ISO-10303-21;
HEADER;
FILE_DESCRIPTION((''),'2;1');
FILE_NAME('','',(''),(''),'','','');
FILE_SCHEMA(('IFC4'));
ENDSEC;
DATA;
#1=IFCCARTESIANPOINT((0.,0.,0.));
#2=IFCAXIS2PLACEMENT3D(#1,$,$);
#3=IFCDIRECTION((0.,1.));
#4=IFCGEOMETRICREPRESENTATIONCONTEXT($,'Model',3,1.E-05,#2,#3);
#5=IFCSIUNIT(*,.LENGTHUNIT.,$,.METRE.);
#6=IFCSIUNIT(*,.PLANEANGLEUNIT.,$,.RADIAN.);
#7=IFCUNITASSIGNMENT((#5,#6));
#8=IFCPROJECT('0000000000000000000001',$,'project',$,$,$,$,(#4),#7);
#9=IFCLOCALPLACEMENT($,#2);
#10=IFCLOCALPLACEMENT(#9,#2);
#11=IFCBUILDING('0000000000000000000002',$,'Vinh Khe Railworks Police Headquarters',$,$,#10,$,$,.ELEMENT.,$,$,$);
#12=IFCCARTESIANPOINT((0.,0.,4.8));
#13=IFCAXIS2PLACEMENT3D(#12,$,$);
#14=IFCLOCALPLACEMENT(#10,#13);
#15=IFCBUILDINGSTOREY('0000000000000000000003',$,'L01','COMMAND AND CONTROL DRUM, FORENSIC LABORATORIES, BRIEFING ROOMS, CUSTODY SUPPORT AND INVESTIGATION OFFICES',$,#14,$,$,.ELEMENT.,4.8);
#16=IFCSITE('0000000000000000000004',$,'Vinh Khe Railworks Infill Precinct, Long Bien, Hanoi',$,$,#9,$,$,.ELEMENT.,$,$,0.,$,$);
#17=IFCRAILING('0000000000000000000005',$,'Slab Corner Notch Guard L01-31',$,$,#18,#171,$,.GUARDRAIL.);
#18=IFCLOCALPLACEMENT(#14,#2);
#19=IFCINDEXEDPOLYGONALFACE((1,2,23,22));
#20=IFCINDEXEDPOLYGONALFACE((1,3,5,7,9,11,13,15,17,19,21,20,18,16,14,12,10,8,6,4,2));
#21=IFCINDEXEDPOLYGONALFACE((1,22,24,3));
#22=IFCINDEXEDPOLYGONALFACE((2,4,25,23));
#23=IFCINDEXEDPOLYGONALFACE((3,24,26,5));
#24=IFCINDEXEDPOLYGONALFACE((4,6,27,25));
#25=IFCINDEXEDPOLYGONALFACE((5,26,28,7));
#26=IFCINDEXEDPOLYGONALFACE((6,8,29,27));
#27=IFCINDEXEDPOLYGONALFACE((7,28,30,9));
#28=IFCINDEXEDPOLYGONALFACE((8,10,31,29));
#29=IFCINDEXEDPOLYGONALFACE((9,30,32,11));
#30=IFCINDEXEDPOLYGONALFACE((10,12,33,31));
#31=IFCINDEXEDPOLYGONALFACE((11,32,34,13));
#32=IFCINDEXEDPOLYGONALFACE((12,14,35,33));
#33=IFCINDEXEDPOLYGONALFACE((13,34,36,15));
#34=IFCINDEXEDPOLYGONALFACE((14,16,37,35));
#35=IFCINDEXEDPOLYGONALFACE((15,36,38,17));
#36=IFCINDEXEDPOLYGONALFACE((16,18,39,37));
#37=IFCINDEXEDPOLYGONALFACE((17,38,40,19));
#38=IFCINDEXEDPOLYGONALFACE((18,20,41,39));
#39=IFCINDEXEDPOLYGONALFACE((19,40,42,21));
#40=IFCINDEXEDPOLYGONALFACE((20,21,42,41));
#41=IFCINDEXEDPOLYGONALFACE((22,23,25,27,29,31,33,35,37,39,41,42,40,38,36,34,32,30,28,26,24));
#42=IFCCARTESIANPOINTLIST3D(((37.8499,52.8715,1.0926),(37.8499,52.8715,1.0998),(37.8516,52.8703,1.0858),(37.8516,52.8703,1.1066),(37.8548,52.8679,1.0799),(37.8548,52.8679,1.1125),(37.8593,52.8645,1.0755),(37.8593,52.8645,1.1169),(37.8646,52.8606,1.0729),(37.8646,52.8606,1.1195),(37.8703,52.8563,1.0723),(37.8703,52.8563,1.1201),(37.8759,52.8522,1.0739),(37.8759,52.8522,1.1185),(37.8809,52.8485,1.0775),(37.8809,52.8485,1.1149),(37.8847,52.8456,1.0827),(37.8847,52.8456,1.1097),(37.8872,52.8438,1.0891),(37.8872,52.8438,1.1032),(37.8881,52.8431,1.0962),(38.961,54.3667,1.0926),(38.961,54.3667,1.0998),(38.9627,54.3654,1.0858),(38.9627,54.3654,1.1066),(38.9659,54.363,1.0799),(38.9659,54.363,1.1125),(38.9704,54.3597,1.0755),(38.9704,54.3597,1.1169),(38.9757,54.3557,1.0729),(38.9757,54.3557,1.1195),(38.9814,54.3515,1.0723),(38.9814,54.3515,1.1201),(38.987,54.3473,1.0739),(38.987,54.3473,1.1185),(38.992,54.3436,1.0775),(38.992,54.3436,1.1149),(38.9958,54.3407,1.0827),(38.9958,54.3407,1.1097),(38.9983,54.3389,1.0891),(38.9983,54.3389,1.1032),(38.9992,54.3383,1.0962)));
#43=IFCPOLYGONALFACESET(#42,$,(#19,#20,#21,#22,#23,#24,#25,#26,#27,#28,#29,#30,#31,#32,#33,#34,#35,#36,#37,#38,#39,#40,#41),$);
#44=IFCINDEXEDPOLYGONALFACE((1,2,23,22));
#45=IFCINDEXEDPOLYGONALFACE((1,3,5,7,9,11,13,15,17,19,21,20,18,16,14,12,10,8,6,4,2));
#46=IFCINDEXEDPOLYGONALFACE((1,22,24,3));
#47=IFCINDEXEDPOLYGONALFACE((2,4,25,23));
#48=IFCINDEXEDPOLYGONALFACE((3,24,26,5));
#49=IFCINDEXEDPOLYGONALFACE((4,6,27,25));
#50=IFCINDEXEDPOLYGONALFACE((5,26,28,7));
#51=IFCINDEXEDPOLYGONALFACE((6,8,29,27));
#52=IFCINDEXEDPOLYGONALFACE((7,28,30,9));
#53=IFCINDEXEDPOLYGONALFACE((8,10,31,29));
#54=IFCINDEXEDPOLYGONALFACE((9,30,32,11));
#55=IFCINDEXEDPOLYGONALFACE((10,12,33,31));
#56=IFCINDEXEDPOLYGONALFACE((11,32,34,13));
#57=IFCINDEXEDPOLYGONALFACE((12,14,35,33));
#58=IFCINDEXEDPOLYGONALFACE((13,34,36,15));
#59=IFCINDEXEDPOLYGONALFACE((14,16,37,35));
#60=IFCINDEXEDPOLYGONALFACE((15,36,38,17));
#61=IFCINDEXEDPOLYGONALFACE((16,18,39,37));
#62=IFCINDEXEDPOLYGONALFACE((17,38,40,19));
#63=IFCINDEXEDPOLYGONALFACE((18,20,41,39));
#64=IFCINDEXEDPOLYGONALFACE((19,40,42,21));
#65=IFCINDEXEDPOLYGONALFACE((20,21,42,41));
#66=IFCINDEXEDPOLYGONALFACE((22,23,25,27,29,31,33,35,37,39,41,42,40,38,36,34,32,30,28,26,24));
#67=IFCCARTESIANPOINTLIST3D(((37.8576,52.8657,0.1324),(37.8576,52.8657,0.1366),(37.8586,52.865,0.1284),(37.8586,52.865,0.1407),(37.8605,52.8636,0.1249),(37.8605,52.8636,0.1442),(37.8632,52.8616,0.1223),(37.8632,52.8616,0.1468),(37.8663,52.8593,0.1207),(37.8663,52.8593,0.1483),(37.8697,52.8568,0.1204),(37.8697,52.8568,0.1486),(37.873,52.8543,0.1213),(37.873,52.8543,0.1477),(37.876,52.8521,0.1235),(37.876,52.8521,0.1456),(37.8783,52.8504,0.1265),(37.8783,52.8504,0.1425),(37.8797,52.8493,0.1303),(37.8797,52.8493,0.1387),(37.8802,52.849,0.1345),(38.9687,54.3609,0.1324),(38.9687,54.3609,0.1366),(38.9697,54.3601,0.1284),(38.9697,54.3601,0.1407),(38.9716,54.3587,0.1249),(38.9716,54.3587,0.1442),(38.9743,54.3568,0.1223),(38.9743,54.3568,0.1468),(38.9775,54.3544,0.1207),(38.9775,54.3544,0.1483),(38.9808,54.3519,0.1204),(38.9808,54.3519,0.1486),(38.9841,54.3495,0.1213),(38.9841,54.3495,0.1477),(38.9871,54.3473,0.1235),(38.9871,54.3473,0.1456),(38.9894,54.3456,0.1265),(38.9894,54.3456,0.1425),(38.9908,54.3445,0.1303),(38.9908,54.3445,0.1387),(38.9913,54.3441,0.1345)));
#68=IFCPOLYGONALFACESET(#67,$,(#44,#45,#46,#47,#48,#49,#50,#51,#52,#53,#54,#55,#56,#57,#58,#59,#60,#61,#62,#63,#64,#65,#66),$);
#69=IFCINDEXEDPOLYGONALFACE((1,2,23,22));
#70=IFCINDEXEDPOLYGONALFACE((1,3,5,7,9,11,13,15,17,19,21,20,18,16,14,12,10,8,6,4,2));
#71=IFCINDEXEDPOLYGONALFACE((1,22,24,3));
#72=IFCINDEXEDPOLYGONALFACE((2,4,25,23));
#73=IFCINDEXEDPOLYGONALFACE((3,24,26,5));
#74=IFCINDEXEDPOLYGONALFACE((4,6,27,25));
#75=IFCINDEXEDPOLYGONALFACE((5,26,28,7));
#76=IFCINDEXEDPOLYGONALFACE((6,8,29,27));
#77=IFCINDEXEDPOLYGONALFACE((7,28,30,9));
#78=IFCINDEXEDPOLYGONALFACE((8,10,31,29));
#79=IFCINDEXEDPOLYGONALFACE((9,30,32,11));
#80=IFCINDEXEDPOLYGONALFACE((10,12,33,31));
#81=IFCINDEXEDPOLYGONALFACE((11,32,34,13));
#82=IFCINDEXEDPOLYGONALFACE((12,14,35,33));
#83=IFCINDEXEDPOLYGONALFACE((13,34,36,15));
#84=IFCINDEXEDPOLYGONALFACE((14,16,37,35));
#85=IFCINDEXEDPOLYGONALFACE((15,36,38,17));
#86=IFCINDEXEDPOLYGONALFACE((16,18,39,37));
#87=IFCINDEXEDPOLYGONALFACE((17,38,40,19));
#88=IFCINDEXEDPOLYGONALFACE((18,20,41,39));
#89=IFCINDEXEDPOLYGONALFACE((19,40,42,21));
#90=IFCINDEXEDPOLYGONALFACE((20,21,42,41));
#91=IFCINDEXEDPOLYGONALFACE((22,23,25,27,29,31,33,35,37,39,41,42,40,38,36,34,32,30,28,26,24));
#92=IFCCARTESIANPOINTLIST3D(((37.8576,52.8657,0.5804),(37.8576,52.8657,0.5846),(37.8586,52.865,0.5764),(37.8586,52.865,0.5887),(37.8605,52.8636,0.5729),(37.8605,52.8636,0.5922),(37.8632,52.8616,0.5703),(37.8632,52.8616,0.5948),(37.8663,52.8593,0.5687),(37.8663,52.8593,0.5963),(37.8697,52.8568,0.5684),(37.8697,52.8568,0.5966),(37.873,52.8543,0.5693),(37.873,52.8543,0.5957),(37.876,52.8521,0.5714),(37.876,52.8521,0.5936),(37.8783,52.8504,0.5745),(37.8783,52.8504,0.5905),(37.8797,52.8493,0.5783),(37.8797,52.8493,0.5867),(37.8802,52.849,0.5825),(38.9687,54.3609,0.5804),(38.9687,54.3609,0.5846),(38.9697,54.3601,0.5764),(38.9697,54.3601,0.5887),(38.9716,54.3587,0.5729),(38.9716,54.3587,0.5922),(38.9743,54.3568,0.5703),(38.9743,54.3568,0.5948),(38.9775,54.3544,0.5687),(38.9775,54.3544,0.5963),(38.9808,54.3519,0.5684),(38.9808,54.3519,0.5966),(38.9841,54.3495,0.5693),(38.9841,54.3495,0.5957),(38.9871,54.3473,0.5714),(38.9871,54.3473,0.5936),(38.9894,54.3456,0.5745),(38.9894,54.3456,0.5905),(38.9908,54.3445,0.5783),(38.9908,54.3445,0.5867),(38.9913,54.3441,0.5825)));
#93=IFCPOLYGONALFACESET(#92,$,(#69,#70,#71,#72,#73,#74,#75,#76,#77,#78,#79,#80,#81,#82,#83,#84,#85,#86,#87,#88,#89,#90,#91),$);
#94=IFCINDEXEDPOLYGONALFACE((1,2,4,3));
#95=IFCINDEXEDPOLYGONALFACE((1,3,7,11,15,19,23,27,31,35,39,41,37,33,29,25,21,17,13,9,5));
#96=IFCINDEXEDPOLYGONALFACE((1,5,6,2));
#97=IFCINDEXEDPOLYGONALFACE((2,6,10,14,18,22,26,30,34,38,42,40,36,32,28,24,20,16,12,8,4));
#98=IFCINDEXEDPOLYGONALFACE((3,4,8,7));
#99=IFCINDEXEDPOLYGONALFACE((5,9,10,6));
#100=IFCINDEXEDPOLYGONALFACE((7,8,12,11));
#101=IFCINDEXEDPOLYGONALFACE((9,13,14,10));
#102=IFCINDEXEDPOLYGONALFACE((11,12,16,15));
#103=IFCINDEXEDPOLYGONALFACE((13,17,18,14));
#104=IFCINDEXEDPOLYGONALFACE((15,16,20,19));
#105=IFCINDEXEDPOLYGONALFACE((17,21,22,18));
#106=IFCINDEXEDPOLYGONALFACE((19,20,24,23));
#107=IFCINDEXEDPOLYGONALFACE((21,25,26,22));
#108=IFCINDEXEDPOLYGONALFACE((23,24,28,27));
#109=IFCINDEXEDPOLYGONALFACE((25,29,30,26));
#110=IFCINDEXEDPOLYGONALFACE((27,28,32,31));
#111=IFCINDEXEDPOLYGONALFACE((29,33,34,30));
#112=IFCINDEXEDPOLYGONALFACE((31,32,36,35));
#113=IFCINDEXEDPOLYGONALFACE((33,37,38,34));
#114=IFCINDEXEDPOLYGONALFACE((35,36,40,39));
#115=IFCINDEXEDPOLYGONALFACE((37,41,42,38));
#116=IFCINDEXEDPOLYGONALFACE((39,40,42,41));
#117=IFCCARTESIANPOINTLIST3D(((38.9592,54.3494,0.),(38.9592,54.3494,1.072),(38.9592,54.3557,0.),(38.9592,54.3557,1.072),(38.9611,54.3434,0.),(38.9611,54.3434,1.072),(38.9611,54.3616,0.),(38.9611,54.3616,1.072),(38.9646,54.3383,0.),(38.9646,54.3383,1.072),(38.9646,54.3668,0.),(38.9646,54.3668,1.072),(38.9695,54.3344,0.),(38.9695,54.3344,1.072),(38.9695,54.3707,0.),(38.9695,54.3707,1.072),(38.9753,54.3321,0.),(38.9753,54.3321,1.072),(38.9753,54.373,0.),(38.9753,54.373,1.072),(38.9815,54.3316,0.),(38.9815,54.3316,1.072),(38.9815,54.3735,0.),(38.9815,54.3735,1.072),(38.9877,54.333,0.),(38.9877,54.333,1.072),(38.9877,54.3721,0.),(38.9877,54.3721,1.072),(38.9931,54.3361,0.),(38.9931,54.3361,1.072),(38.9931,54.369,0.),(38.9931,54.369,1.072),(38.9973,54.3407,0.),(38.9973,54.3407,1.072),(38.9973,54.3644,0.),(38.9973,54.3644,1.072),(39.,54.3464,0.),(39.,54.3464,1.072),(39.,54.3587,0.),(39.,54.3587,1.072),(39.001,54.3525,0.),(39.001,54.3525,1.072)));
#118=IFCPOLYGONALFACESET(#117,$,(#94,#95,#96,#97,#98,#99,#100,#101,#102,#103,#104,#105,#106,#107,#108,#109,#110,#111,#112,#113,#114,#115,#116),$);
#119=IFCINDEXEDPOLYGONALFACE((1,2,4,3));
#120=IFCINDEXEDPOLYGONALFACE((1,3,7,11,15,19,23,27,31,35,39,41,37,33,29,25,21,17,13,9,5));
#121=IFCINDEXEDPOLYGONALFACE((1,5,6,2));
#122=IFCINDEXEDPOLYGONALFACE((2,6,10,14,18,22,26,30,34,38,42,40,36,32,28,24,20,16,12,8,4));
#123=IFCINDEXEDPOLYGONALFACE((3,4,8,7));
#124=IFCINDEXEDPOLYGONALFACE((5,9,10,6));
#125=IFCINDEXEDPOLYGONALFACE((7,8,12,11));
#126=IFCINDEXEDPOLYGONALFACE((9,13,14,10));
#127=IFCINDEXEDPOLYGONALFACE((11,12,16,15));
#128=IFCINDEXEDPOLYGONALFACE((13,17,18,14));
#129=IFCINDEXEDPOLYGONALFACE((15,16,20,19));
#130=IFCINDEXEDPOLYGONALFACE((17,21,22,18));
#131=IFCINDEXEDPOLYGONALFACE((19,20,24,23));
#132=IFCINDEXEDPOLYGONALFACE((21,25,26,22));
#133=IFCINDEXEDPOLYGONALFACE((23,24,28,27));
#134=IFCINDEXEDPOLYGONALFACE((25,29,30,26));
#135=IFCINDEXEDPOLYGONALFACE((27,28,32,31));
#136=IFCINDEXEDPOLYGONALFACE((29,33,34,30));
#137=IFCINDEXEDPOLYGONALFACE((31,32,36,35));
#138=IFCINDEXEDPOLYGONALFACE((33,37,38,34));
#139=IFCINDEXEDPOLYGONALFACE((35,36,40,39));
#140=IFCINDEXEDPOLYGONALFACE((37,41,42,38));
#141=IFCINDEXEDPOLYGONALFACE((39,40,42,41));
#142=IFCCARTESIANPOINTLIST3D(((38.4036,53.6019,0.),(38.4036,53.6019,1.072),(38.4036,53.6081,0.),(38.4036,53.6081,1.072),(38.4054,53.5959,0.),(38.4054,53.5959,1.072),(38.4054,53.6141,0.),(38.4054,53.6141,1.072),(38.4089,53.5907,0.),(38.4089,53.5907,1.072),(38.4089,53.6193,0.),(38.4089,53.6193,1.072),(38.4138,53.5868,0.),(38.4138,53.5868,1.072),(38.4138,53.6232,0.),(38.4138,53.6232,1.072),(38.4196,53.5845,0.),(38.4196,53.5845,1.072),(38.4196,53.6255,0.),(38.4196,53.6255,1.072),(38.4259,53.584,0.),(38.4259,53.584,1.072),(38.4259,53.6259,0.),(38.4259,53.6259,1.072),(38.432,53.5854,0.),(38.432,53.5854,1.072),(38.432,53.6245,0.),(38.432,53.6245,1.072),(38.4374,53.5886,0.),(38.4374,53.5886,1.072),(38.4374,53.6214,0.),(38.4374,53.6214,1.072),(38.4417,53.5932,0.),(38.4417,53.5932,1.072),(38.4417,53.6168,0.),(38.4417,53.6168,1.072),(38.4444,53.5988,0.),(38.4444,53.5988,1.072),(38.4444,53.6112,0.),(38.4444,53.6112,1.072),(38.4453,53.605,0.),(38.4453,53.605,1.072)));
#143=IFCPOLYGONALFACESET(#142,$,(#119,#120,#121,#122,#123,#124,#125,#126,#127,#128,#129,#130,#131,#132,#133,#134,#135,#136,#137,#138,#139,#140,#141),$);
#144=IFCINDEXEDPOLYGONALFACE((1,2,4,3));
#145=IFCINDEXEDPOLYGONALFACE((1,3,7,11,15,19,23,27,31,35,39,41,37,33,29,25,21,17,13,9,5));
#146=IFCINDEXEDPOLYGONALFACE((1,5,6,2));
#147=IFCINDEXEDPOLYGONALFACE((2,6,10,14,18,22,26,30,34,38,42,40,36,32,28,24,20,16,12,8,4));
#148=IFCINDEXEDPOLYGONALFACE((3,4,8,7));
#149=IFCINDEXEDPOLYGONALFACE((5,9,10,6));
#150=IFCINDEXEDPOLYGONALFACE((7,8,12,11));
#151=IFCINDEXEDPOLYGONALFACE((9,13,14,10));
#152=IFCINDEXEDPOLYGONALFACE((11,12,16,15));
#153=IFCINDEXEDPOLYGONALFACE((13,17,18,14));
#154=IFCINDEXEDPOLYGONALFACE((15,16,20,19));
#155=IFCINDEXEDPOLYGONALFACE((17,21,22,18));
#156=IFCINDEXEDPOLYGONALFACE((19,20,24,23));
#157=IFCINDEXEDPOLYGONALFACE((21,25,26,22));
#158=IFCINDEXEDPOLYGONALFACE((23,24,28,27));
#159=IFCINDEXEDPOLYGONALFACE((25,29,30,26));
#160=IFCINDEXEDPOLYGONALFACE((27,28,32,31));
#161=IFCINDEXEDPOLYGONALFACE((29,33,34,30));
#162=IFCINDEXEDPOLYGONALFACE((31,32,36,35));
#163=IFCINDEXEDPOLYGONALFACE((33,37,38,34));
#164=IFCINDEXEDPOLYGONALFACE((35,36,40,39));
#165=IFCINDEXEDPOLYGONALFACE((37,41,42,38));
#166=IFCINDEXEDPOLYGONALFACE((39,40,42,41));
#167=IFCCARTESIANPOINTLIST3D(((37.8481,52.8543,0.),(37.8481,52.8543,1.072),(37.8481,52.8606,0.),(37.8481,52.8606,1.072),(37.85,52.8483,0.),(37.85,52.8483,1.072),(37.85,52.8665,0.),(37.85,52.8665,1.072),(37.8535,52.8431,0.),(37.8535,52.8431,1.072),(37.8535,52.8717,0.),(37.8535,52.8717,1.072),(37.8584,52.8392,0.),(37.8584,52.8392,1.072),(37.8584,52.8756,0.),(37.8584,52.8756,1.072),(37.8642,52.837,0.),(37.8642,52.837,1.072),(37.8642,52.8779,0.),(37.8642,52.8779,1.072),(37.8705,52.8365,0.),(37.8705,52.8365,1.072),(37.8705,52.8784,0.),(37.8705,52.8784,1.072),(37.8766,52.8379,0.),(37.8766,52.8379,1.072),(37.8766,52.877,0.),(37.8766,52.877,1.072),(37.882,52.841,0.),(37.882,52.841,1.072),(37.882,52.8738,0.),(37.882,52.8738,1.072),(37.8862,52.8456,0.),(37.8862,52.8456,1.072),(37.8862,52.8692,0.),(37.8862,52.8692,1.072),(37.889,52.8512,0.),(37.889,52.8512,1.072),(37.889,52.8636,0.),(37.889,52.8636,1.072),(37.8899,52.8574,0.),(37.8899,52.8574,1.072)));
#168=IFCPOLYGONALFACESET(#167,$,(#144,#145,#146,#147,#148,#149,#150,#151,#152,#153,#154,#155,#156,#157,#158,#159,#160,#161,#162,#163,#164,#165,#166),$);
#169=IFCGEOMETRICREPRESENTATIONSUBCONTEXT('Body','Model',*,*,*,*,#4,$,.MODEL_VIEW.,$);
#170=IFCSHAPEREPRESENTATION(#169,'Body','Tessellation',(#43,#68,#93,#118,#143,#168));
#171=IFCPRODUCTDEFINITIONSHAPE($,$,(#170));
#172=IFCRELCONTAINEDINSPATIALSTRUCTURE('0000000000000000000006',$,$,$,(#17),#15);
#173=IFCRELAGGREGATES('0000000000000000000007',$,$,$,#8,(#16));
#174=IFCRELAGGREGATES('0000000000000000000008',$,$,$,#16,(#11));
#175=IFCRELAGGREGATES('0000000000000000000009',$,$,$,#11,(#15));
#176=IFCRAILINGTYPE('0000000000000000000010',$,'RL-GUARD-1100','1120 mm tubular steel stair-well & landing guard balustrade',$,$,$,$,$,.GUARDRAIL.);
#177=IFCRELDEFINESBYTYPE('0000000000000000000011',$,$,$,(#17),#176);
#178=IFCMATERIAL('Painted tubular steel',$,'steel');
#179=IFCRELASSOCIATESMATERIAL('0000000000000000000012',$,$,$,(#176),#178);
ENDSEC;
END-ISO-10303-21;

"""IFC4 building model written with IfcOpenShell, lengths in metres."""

from ifc_helpers import new_model, si_unit, direction, frame, origin, origin_2d, place, context, subcontext, project, spatial, circle, extrude, material, type_object, element, save


model = new_model("IFC4")

# Units and contexts
model_context = context("Model", 3, precision=1e-05, world=origin(), true_north=direction((0.0, 1.0)))
body_context = subcontext(model_context, "Body", "Model", "MODEL_VIEW")
ifc_project = project(units=[si_unit("LENGTHUNIT", "METRE"), si_unit("PLANEANGLEUNIT", "RADIAN")], contexts=[model_context])

# Site, building, storey
site_placement = place(None, origin())
site = spatial("IfcSite", under=ifc_project, at=site_placement, Name="Vinh Khe Railworks Infill Precinct, Long Bien, Hanoi", CompositionType="ELEMENT", RefElevation=0.0)
building_placement = place(site_placement, origin())
building = spatial("IfcBuilding", under=site, at=building_placement, Name="Vinh Khe Railworks Police Headquarters", CompositionType="ELEMENT")
storey_placement = place(building_placement, frame((0.0, 0.0, 4.8)))
storey = spatial("IfcBuildingStorey", under=building, at=storey_placement, Name="L01", Description="COMMAND AND CONTROL DRUM, FORENSIC LABORATORIES, BRIEFING ROOMS, CUSTODY SUPPORT AND INVESTIGATION OFFICES", CompositionType="ELEMENT", Elevation=4.8)

# Railing
ifc_material_1 = material(Name="Painted tubular steel", Category="steel")
railing_type = type_object("IfcRailingType", Name="RL-GUARD-1100", Description="1120 mm tubular steel stair-well & landing guard balustrade", PredefinedType="GUARDRAIL", material=ifc_material_1)
railing_placement = place(storey_placement, frame((38.98, 54.3525, 0.0)))
element("IfcRailing", 1, at=railing_placement, inside=storey, type_object=railing_type, Name="Slab Corner Notch Guard L01-31", PredefinedType="GUARDRAIL", context=body_context, shape_type="SweptSolid", body=[
    extrude(circle(Radius=0.0239, at=origin_2d()), frame((0.0, 0.0, 1.0962), z_axis=(-0.596471, -0.802634, 0.0), x_axis=(0.802634, -0.596471, 0.0)), (0.0, 0.0, 1.0), 1.8628),
    extrude(circle(Radius=0.0142, at=origin_2d()), frame((0.0, 0.0, 0.1345), z_axis=(-0.596471, -0.802634, 0.0), x_axis=(0.802634, -0.596471, 0.0)), (0.0, 0.0, 1.0), 1.8628),
    extrude(circle(Radius=0.0142, at=origin_2d()), frame((0.0, 0.0, 0.5825), z_axis=(-0.596471, -0.802634, 0.0), x_axis=(0.802634, -0.596471, 0.0)), (0.0, 0.0, 1.0), 1.8628),
    extrude(circle(Radius=0.021, at=origin_2d()), origin(), (0.0, 0.0, 1.0), 1.072),
    extrude(circle(Radius=0.021, at=origin_2d()), frame((-0.5557, -0.7476, 0.0)), (0.0, 0.0, 1.0), 1.072),
    extrude(circle(Radius=0.021, at=origin_2d()), frame((-1.1111, -1.4951, 0.0)), (0.0, 0.0, 1.0), 1.072),
])

save(model, "model.ifc")
